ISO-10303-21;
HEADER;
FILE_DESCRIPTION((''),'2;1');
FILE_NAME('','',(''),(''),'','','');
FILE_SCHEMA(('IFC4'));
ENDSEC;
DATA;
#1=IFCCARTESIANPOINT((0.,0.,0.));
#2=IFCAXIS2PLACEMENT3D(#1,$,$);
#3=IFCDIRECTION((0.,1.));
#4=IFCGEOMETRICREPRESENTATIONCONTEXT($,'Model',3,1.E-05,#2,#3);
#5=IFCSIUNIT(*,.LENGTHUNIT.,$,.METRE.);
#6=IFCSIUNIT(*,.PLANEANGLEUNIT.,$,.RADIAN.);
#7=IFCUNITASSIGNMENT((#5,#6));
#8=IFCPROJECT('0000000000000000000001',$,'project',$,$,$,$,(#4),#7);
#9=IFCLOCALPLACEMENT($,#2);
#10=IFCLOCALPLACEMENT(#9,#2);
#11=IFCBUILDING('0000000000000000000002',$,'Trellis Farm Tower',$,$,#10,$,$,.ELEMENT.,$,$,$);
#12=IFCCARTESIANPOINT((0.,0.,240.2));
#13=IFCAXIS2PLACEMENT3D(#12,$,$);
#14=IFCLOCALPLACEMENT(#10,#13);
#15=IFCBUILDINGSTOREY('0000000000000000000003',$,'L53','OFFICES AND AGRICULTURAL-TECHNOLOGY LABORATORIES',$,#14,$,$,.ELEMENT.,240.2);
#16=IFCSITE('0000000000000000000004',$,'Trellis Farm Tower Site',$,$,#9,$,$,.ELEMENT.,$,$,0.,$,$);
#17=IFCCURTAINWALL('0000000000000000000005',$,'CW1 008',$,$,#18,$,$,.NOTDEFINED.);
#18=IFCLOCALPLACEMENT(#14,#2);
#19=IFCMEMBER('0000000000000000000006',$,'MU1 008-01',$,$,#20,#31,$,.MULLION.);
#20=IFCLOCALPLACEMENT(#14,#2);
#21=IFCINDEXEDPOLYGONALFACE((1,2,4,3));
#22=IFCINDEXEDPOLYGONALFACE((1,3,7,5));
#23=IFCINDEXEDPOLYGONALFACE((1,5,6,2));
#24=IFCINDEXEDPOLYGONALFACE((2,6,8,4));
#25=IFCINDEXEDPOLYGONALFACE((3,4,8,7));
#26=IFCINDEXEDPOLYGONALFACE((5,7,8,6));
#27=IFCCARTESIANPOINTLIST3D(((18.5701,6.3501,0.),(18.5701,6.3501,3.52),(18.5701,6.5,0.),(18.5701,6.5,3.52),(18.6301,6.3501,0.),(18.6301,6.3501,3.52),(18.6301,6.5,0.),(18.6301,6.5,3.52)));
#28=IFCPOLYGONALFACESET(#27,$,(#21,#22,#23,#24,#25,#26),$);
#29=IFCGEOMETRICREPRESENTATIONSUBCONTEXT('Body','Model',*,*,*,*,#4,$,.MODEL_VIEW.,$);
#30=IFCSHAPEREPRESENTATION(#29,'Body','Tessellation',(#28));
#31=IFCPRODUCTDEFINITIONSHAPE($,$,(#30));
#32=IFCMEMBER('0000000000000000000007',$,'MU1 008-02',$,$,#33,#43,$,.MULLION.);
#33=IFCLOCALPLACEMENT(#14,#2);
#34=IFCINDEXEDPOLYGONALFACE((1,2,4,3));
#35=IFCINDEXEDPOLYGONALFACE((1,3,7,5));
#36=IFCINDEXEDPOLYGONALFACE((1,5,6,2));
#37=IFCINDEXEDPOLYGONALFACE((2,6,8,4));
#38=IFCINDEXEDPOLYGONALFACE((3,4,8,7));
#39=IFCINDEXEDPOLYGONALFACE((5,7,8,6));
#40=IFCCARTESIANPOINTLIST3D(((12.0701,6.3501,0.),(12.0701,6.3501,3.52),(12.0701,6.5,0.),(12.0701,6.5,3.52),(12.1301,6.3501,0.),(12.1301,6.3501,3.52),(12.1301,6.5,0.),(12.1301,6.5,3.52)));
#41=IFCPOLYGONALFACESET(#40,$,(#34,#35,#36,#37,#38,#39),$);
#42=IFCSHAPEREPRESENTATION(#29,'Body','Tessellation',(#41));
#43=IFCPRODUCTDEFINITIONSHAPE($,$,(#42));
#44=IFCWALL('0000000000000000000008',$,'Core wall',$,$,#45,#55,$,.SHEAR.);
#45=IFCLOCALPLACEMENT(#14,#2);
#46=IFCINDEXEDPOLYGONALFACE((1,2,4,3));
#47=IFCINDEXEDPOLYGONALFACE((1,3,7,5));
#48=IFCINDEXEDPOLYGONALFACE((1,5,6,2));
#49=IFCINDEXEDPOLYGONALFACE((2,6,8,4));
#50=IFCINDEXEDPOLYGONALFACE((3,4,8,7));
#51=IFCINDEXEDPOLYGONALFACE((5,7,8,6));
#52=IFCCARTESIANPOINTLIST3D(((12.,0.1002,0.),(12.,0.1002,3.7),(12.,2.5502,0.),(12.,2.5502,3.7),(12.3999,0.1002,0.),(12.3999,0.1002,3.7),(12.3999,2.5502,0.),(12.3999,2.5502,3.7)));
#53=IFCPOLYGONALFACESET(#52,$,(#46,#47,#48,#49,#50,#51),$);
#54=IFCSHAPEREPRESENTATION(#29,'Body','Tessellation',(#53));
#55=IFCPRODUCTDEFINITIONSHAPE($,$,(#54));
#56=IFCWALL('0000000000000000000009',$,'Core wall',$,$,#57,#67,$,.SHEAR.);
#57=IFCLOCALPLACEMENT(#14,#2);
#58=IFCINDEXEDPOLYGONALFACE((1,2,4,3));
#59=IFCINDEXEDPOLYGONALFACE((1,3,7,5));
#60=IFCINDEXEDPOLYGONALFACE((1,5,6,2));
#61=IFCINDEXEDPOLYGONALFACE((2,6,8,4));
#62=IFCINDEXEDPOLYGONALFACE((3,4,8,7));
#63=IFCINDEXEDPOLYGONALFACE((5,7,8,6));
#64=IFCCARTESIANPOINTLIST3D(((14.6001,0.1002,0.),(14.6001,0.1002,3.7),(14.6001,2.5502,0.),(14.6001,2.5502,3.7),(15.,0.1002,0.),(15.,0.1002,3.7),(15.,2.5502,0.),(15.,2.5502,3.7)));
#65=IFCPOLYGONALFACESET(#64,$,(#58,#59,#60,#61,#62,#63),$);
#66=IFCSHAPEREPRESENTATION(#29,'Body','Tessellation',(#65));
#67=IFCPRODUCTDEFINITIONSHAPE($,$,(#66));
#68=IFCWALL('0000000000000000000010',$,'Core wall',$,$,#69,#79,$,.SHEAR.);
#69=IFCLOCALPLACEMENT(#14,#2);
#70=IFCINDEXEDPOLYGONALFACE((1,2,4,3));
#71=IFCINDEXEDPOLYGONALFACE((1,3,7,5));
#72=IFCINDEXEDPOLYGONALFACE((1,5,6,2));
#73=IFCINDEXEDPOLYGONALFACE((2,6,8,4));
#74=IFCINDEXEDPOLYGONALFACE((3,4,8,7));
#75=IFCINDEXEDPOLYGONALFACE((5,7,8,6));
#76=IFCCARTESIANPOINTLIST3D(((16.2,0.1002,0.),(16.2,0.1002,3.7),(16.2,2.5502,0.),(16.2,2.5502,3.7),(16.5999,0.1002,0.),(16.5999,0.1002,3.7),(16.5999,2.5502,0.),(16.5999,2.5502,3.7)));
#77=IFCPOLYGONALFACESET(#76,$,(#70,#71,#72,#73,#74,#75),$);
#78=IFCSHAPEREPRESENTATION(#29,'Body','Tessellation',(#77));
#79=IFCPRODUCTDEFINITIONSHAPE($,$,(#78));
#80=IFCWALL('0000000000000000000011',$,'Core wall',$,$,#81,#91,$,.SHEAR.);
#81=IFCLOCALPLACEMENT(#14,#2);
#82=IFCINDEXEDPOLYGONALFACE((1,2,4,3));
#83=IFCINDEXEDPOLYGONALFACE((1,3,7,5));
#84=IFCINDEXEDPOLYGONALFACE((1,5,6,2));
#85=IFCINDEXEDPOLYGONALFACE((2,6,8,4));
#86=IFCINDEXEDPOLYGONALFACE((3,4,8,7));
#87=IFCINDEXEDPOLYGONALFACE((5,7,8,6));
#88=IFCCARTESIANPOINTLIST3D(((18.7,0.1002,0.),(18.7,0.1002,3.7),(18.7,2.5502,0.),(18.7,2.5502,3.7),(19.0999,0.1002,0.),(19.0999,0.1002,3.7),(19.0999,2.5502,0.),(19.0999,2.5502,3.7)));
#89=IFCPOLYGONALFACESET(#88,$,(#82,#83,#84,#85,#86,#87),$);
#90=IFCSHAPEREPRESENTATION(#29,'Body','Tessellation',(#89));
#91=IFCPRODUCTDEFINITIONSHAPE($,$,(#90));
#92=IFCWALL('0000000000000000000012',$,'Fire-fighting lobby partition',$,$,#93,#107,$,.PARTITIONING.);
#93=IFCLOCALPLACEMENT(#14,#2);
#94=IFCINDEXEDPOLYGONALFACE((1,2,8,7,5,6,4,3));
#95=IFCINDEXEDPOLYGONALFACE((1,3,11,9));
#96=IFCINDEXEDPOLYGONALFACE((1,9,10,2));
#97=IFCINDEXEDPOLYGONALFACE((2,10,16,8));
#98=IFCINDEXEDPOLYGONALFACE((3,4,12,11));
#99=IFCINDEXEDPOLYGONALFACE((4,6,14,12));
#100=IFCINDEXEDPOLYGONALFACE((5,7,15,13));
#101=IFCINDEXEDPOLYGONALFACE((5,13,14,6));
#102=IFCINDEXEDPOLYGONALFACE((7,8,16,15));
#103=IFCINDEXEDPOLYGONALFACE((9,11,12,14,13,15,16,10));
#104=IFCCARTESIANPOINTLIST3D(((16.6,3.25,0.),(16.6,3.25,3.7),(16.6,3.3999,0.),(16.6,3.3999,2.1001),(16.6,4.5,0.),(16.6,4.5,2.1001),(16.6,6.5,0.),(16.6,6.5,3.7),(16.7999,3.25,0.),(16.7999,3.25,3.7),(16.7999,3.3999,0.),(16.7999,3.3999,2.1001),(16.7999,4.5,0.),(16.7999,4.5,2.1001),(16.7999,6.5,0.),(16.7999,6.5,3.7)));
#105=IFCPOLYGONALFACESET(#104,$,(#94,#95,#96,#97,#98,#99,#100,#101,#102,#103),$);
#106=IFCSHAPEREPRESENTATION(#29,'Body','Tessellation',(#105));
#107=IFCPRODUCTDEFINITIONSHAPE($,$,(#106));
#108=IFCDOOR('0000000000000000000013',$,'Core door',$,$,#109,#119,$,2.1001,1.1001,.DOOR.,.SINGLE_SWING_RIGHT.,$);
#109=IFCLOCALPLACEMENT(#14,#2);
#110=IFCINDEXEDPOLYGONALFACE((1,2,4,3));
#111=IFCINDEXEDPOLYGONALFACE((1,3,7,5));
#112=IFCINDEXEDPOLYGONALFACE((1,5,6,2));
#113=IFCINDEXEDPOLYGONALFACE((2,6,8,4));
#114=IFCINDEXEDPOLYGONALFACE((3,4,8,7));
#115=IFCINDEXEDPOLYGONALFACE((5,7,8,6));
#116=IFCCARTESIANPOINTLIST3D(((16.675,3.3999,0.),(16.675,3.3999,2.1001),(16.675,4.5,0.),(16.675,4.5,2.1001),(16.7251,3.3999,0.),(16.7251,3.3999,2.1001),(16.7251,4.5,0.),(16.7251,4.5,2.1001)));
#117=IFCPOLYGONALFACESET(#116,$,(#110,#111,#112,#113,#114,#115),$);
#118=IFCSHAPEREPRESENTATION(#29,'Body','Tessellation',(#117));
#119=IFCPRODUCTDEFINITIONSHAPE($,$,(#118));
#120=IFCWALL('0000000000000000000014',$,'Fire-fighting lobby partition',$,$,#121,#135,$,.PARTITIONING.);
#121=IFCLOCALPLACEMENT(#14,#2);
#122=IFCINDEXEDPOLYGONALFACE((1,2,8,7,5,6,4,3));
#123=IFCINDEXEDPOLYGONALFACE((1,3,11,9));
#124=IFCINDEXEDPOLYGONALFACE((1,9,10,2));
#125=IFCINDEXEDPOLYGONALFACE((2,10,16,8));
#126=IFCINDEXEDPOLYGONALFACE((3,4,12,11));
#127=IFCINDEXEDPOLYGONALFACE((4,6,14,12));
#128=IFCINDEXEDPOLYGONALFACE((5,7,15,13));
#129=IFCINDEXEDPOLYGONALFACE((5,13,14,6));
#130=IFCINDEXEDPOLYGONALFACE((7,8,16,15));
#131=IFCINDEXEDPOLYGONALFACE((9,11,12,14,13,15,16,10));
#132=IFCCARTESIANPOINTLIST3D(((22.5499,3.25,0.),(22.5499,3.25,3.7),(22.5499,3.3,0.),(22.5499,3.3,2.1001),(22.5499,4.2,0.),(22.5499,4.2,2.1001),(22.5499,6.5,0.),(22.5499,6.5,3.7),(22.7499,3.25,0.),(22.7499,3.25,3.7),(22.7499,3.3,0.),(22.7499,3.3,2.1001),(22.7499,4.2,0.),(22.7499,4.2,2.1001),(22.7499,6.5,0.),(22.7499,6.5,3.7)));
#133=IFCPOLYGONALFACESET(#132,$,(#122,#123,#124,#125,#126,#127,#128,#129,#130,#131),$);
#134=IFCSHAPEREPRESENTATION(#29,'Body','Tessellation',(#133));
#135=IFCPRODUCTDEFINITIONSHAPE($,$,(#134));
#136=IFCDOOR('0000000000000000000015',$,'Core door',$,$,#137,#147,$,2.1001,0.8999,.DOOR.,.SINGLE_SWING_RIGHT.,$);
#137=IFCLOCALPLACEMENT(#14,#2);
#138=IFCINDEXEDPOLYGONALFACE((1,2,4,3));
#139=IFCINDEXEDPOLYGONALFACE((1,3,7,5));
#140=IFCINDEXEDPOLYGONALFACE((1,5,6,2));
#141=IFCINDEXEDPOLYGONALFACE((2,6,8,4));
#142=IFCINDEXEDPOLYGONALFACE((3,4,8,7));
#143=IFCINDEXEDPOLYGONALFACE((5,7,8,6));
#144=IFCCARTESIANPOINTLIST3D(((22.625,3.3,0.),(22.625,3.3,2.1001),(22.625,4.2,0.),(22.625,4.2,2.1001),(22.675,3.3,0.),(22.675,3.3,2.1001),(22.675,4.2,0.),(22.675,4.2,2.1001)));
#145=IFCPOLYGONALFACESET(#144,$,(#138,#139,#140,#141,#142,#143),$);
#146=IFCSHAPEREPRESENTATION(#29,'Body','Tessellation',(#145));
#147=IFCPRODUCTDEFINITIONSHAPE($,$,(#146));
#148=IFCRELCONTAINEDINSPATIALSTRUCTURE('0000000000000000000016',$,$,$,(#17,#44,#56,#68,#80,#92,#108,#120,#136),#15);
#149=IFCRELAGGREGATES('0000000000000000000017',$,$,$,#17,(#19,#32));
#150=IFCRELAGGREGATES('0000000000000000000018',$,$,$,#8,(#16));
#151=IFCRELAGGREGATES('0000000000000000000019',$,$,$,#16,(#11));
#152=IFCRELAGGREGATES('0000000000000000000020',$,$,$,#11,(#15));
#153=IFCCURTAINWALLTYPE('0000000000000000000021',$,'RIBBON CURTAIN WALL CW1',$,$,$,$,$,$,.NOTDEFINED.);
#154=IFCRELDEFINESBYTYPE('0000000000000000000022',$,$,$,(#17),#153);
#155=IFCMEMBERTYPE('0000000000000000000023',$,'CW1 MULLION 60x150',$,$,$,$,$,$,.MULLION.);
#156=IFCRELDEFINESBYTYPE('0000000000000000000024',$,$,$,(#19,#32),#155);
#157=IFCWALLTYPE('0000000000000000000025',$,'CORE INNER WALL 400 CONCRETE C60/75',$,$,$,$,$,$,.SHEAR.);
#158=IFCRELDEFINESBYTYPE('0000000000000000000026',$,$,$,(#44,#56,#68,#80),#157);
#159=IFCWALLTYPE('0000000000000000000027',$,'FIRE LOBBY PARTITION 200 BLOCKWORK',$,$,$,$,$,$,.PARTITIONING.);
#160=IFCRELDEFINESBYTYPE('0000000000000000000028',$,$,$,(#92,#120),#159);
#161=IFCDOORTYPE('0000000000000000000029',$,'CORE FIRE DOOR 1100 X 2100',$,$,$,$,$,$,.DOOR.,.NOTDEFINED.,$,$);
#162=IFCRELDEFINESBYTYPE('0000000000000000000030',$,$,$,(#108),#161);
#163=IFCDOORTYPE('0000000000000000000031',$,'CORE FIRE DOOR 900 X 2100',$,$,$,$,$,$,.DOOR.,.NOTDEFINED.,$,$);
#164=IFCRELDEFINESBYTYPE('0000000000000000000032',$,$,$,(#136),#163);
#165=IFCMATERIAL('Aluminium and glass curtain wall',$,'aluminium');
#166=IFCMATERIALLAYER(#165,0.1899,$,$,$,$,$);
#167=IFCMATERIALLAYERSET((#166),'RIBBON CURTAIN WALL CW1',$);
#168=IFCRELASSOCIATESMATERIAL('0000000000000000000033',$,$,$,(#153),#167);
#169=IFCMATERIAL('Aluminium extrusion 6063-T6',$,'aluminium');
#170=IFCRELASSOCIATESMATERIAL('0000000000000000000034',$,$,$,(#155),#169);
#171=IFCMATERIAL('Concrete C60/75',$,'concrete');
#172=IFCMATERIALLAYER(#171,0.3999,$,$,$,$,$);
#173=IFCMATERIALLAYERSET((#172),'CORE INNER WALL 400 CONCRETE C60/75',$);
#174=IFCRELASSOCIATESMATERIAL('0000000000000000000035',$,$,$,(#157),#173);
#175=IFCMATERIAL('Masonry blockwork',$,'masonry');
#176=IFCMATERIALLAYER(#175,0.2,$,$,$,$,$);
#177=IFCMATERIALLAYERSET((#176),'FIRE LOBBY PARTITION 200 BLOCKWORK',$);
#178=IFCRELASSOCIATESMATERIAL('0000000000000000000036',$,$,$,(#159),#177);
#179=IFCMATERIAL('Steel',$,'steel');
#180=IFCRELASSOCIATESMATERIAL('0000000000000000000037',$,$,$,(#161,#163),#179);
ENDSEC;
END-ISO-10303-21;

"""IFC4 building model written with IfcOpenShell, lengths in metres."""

from ifc_helpers import new_model, si_unit, direction, frame, frame_2d, origin, origin_2d, place, context, subcontext, project, spatial, rectangle, extrude, source, transform, mapped, material, layer, layer_set, material_profile, profile_set, type_object, element, fill, aggregate, save


model = new_model("IFC4")

# Units and contexts
model_context = context("Model", 3, precision=1e-05, world=origin(), true_north=direction((0.0, 1.0)))
body_context = subcontext(model_context, "Body", "Model", "MODEL_VIEW")
ifc_project = project(units=[si_unit("LENGTHUNIT", "METRE"), si_unit("PLANEANGLEUNIT", "RADIAN")], contexts=[model_context])

# Site, building, storey
site_placement = place(None, origin())
site = spatial("IfcSite", under=ifc_project, at=site_placement, Name="Trellis Farm Tower Site", CompositionType="ELEMENT", RefElevation=0.0)
building_placement = place(site_placement, origin())
building = spatial("IfcBuilding", under=site, at=building_placement, Name="Trellis Farm Tower", CompositionType="ELEMENT")
storey_placement = place(building_placement, frame((0.0, 0.0, 240.2)))
storey = spatial("IfcBuildingStorey", under=building, at=storey_placement, Name="L53", Description="OFFICES AND AGRICULTURAL-TECHNOLOGY LABORATORIES", CompositionType="ELEMENT", Elevation=240.2)

# Shared definitions
ifc_material_1 = material(Name="Concrete C60/75", Category="concrete")

# Curtain wall, members
ifc_material_2 = material(Name="Aluminium and glass curtain wall", Category="aluminium")
ifc_layer_1 = layer(ifc_material_2, 0.1899)
ifc_layer_set_1 = layer_set([ifc_layer_1], Name="RIBBON CURTAIN WALL CW1")
curtain_wall_type = type_object("IfcCurtainWallType", Name="RIBBON CURTAIN WALL CW1", PredefinedType="NOTDEFINED", material=ifc_layer_set_1)
placement = place(storey_placement, origin())
ifc_material_3 = material(Name="Aluminium extrusion 6063-T6", Category="aluminium")
ifc_material_profile_1 = material_profile(ifc_material_3, rectangle(XDim=0.0601, YDim=0.1499, at=origin_2d()), Name="MULLION 60x150")
ifc_profile_set_1 = profile_set([ifc_material_profile_1], Name="Aluminium extrusion 6063-T6")
member_type = type_object("IfcMemberType", Name="CW1 MULLION 60x150", PredefinedType="MULLION", material=ifc_profile_set_1)
shared_shape_1 = source(origin(), body_context, "Body", "SweptSolid", [
    extrude(rectangle(XDim=0.0601, YDim=0.1499, at=origin_2d()), origin(), (0.0, 0.0, 1.0), 3.52),
])
curtain_wall_1 = element("IfcCurtainWall", 1, at=placement, inside=storey, type_object=curtain_wall_type, Name="CW1 008", PredefinedType="NOTDEFINED")
member_1_placement = place(storey_placement, frame((18.6001, 6.425, 0.0), z_axis=(0.0, 0.0, 1.0), x_axis=(-1.0, 0.0, 0.0)))
member_1 = element("IfcMember", 2, at=member_1_placement, type_object=member_type, Name="MU1 008-01", PredefinedType="MULLION", context=body_context, shape_type="MappedRepresentation", body=[
    mapped(shared_shape_1, transform((0.0, 0.0, 0.0))),
])
member_2_placement = place(storey_placement, frame((12.1001, 6.425, 0.0), z_axis=(0.0, 0.0, 1.0), x_axis=(-1.0, 0.0, 0.0)))
member_2 = element("IfcMember", 3, at=member_2_placement, type_object=member_type, Name="MU1 008-02", PredefinedType="MULLION", context=body_context, shape_type="MappedRepresentation", body=[
    mapped(shared_shape_1, transform((0.0, 0.0, 0.0))),
])
aggregate(curtain_wall_1, [member_1, member_2])

# Walls
ifc_layer_2 = layer(ifc_material_1, 0.3999)
ifc_layer_set_2 = layer_set([ifc_layer_2], Name="CORE INNER WALL 400 CONCRETE C60/75")
wall_type_1 = type_object("IfcWallType", Name="CORE INNER WALL 400 CONCRETE C60/75", PredefinedType="SHEAR", material=ifc_layer_set_2)
shared_shape_2 = source(origin(), body_context, "Body", "SweptSolid", [
    extrude(rectangle(XDim=2.45, YDim=0.3999, at=frame_2d((1.2251, 0.0))), origin(), (0.0, 0.0, 1.0), 3.7),
])
for number, where, z_axis, x_axis, name in (
    (4, (12.2, 0.1001, 0.0), (0.0, 0.0, 1.0), (0.0, 1.0, 0.0), "Core wall"),
    (5, (14.8, 0.1001, 0.0), (0.0, 0.0, 1.0), (0.0, 1.0, 0.0), "Core wall"),
    (6, (16.3999, 0.1001, 0.0), (0.0, 0.0, 1.0), (0.0, 1.0, 0.0), "Core wall"),
    (7, (18.8999, 0.1001, 0.0), (0.0, 0.0, 1.0), (0.0, 1.0, 0.0), "Core wall"),
):
    element("IfcWall", number, at=place(storey_placement, frame(where, z_axis=z_axis, x_axis=x_axis)), inside=storey, type_object=wall_type_1, Name=name, PredefinedType="SHEAR", context=body_context, shape_type="MappedRepresentation", body=[
        mapped(shared_shape_2, transform((0.0, 0.0, 0.0))),
    ])

# Walls, openings, doors
ifc_material_4 = material(Name="Masonry blockwork", Category="masonry")
ifc_layer_3 = layer(ifc_material_4, 0.2)
ifc_layer_set_3 = layer_set([ifc_layer_3], Name="FIRE LOBBY PARTITION 200 BLOCKWORK")
wall_type_2 = type_object("IfcWallType", Name="FIRE LOBBY PARTITION 200 BLOCKWORK", PredefinedType="PARTITIONING", material=ifc_layer_set_3)
shared_shape_3 = source(origin(), body_context, "Body", "SweptSolid", [
    extrude(rectangle(XDim=3.25, YDim=0.2, at=frame_2d((1.625, 0.0))), origin(), (0.0, 0.0, 1.0), 3.7),
])
wall_1_placement = place(storey_placement, frame((16.7, 3.25, 0.0), z_axis=(0.0, 0.0, 1.0), x_axis=(0.0, 1.0, 0.0)))
wall_1 = element("IfcWall", 8, at=wall_1_placement, inside=storey, type_object=wall_type_2, Name="Fire-fighting lobby partition", PredefinedType="PARTITIONING", context=body_context, shape_type="MappedRepresentation", body=[
    mapped(shared_shape_3, transform((0.0, 0.0, 0.0))),
])
shared_shape_4 = source(origin(), body_context, "Body", "SweptSolid", [
    extrude(rectangle(XDim=1.1001, YDim=2.1001, at=frame_2d((0.55, 1.05))), frame((0.0, 0.1101, 0.0), z_axis=(0.0, -1.0, 0.0), x_axis=(1.0, 0.0, 0.0)), (0.0, 0.0, 1.0), 0.2202),
])
opening_1_placement = place(wall_1_placement, frame((0.1499, 0.0, 0.0)))
opening_1 = element("IfcOpeningElement", 9, at=opening_1_placement, cuts=wall_1, PredefinedType="OPENING", context=body_context, shape_type="MappedRepresentation", body=[
    mapped(shared_shape_4, transform((0.0, 0.0, 0.0))),
])
ifc_material_5 = material(Name="Steel", Category="steel")
door_type_1 = type_object("IfcDoorType", Name="CORE FIRE DOOR 1100 X 2100", OperationType="NOTDEFINED", PredefinedType="DOOR", material=ifc_material_5)
shared_shape_5 = source(origin(), body_context, "Body", "SweptSolid", [
    extrude(rectangle(XDim=1.1001, YDim=2.1001, at=frame_2d((0.55, 1.05))), frame((0.0, 0.0249, 0.0), z_axis=(0.0, -1.0, 0.0), x_axis=(1.0, 0.0, 0.0)), (0.0, 0.0, 1.0), 0.05),
])
door_1_placement = place(opening_1_placement, origin())
door_1 = element("IfcDoor", 10, at=door_1_placement, inside=storey, type_object=door_type_1, Name="Core door", OperationType="SINGLE_SWING_RIGHT", OverallHeight=2.1001, OverallWidth=1.1001, PredefinedType="DOOR", context=body_context, shape_type="MappedRepresentation", body=[
    mapped(shared_shape_5, transform((0.0, 0.0, 0.0))),
])
fill(opening_1, door_1)
wall_2_placement = place(storey_placement, frame((22.6499, 3.25, 0.0), z_axis=(0.0, 0.0, 1.0), x_axis=(0.0, 1.0, 0.0)))
wall_2 = element("IfcWall", 11, at=wall_2_placement, inside=storey, type_object=wall_type_2, Name="Fire-fighting lobby partition", PredefinedType="PARTITIONING", context=body_context, shape_type="MappedRepresentation", body=[
    mapped(shared_shape_3, transform((0.0, 0.0, 0.0))),
])
shared_shape_6 = source(origin(), body_context, "Body", "SweptSolid", [
    extrude(rectangle(XDim=0.8999, YDim=2.1001, at=frame_2d((0.45, 1.05))), frame((0.0, 0.1101, 0.0), z_axis=(0.0, -1.0, 0.0), x_axis=(1.0, 0.0, 0.0)), (0.0, 0.0, 1.0), 0.2202),
])
opening_2_placement = place(wall_2_placement, frame((0.05, 0.0, 0.0)))
opening_2 = element("IfcOpeningElement", 12, at=opening_2_placement, cuts=wall_2, PredefinedType="OPENING", context=body_context, shape_type="MappedRepresentation", body=[
    mapped(shared_shape_6, transform((0.0, 0.0, 0.0))),
])
door_type_2 = type_object("IfcDoorType", Name="CORE FIRE DOOR 900 X 2100", OperationType="NOTDEFINED", PredefinedType="DOOR", material=ifc_material_5)
shared_shape_7 = source(origin(), body_context, "Body", "SweptSolid", [
    extrude(rectangle(XDim=0.8999, YDim=2.1001, at=frame_2d((0.45, 1.05))), frame((0.0, 0.0249, 0.0), z_axis=(0.0, -1.0, 0.0), x_axis=(1.0, 0.0, 0.0)), (0.0, 0.0, 1.0), 0.05),
])
door_2_placement = place(opening_2_placement, origin())
door_2 = element("IfcDoor", 13, at=door_2_placement, inside=storey, type_object=door_type_2, Name="Core door", OperationType="SINGLE_SWING_RIGHT", OverallHeight=2.1001, OverallWidth=0.8999, PredefinedType="DOOR", context=body_context, shape_type="MappedRepresentation", body=[
    mapped(shared_shape_7, transform((0.0, 0.0, 0.0))),
])
fill(opening_2, door_2)

save(model, "model.ifc")
